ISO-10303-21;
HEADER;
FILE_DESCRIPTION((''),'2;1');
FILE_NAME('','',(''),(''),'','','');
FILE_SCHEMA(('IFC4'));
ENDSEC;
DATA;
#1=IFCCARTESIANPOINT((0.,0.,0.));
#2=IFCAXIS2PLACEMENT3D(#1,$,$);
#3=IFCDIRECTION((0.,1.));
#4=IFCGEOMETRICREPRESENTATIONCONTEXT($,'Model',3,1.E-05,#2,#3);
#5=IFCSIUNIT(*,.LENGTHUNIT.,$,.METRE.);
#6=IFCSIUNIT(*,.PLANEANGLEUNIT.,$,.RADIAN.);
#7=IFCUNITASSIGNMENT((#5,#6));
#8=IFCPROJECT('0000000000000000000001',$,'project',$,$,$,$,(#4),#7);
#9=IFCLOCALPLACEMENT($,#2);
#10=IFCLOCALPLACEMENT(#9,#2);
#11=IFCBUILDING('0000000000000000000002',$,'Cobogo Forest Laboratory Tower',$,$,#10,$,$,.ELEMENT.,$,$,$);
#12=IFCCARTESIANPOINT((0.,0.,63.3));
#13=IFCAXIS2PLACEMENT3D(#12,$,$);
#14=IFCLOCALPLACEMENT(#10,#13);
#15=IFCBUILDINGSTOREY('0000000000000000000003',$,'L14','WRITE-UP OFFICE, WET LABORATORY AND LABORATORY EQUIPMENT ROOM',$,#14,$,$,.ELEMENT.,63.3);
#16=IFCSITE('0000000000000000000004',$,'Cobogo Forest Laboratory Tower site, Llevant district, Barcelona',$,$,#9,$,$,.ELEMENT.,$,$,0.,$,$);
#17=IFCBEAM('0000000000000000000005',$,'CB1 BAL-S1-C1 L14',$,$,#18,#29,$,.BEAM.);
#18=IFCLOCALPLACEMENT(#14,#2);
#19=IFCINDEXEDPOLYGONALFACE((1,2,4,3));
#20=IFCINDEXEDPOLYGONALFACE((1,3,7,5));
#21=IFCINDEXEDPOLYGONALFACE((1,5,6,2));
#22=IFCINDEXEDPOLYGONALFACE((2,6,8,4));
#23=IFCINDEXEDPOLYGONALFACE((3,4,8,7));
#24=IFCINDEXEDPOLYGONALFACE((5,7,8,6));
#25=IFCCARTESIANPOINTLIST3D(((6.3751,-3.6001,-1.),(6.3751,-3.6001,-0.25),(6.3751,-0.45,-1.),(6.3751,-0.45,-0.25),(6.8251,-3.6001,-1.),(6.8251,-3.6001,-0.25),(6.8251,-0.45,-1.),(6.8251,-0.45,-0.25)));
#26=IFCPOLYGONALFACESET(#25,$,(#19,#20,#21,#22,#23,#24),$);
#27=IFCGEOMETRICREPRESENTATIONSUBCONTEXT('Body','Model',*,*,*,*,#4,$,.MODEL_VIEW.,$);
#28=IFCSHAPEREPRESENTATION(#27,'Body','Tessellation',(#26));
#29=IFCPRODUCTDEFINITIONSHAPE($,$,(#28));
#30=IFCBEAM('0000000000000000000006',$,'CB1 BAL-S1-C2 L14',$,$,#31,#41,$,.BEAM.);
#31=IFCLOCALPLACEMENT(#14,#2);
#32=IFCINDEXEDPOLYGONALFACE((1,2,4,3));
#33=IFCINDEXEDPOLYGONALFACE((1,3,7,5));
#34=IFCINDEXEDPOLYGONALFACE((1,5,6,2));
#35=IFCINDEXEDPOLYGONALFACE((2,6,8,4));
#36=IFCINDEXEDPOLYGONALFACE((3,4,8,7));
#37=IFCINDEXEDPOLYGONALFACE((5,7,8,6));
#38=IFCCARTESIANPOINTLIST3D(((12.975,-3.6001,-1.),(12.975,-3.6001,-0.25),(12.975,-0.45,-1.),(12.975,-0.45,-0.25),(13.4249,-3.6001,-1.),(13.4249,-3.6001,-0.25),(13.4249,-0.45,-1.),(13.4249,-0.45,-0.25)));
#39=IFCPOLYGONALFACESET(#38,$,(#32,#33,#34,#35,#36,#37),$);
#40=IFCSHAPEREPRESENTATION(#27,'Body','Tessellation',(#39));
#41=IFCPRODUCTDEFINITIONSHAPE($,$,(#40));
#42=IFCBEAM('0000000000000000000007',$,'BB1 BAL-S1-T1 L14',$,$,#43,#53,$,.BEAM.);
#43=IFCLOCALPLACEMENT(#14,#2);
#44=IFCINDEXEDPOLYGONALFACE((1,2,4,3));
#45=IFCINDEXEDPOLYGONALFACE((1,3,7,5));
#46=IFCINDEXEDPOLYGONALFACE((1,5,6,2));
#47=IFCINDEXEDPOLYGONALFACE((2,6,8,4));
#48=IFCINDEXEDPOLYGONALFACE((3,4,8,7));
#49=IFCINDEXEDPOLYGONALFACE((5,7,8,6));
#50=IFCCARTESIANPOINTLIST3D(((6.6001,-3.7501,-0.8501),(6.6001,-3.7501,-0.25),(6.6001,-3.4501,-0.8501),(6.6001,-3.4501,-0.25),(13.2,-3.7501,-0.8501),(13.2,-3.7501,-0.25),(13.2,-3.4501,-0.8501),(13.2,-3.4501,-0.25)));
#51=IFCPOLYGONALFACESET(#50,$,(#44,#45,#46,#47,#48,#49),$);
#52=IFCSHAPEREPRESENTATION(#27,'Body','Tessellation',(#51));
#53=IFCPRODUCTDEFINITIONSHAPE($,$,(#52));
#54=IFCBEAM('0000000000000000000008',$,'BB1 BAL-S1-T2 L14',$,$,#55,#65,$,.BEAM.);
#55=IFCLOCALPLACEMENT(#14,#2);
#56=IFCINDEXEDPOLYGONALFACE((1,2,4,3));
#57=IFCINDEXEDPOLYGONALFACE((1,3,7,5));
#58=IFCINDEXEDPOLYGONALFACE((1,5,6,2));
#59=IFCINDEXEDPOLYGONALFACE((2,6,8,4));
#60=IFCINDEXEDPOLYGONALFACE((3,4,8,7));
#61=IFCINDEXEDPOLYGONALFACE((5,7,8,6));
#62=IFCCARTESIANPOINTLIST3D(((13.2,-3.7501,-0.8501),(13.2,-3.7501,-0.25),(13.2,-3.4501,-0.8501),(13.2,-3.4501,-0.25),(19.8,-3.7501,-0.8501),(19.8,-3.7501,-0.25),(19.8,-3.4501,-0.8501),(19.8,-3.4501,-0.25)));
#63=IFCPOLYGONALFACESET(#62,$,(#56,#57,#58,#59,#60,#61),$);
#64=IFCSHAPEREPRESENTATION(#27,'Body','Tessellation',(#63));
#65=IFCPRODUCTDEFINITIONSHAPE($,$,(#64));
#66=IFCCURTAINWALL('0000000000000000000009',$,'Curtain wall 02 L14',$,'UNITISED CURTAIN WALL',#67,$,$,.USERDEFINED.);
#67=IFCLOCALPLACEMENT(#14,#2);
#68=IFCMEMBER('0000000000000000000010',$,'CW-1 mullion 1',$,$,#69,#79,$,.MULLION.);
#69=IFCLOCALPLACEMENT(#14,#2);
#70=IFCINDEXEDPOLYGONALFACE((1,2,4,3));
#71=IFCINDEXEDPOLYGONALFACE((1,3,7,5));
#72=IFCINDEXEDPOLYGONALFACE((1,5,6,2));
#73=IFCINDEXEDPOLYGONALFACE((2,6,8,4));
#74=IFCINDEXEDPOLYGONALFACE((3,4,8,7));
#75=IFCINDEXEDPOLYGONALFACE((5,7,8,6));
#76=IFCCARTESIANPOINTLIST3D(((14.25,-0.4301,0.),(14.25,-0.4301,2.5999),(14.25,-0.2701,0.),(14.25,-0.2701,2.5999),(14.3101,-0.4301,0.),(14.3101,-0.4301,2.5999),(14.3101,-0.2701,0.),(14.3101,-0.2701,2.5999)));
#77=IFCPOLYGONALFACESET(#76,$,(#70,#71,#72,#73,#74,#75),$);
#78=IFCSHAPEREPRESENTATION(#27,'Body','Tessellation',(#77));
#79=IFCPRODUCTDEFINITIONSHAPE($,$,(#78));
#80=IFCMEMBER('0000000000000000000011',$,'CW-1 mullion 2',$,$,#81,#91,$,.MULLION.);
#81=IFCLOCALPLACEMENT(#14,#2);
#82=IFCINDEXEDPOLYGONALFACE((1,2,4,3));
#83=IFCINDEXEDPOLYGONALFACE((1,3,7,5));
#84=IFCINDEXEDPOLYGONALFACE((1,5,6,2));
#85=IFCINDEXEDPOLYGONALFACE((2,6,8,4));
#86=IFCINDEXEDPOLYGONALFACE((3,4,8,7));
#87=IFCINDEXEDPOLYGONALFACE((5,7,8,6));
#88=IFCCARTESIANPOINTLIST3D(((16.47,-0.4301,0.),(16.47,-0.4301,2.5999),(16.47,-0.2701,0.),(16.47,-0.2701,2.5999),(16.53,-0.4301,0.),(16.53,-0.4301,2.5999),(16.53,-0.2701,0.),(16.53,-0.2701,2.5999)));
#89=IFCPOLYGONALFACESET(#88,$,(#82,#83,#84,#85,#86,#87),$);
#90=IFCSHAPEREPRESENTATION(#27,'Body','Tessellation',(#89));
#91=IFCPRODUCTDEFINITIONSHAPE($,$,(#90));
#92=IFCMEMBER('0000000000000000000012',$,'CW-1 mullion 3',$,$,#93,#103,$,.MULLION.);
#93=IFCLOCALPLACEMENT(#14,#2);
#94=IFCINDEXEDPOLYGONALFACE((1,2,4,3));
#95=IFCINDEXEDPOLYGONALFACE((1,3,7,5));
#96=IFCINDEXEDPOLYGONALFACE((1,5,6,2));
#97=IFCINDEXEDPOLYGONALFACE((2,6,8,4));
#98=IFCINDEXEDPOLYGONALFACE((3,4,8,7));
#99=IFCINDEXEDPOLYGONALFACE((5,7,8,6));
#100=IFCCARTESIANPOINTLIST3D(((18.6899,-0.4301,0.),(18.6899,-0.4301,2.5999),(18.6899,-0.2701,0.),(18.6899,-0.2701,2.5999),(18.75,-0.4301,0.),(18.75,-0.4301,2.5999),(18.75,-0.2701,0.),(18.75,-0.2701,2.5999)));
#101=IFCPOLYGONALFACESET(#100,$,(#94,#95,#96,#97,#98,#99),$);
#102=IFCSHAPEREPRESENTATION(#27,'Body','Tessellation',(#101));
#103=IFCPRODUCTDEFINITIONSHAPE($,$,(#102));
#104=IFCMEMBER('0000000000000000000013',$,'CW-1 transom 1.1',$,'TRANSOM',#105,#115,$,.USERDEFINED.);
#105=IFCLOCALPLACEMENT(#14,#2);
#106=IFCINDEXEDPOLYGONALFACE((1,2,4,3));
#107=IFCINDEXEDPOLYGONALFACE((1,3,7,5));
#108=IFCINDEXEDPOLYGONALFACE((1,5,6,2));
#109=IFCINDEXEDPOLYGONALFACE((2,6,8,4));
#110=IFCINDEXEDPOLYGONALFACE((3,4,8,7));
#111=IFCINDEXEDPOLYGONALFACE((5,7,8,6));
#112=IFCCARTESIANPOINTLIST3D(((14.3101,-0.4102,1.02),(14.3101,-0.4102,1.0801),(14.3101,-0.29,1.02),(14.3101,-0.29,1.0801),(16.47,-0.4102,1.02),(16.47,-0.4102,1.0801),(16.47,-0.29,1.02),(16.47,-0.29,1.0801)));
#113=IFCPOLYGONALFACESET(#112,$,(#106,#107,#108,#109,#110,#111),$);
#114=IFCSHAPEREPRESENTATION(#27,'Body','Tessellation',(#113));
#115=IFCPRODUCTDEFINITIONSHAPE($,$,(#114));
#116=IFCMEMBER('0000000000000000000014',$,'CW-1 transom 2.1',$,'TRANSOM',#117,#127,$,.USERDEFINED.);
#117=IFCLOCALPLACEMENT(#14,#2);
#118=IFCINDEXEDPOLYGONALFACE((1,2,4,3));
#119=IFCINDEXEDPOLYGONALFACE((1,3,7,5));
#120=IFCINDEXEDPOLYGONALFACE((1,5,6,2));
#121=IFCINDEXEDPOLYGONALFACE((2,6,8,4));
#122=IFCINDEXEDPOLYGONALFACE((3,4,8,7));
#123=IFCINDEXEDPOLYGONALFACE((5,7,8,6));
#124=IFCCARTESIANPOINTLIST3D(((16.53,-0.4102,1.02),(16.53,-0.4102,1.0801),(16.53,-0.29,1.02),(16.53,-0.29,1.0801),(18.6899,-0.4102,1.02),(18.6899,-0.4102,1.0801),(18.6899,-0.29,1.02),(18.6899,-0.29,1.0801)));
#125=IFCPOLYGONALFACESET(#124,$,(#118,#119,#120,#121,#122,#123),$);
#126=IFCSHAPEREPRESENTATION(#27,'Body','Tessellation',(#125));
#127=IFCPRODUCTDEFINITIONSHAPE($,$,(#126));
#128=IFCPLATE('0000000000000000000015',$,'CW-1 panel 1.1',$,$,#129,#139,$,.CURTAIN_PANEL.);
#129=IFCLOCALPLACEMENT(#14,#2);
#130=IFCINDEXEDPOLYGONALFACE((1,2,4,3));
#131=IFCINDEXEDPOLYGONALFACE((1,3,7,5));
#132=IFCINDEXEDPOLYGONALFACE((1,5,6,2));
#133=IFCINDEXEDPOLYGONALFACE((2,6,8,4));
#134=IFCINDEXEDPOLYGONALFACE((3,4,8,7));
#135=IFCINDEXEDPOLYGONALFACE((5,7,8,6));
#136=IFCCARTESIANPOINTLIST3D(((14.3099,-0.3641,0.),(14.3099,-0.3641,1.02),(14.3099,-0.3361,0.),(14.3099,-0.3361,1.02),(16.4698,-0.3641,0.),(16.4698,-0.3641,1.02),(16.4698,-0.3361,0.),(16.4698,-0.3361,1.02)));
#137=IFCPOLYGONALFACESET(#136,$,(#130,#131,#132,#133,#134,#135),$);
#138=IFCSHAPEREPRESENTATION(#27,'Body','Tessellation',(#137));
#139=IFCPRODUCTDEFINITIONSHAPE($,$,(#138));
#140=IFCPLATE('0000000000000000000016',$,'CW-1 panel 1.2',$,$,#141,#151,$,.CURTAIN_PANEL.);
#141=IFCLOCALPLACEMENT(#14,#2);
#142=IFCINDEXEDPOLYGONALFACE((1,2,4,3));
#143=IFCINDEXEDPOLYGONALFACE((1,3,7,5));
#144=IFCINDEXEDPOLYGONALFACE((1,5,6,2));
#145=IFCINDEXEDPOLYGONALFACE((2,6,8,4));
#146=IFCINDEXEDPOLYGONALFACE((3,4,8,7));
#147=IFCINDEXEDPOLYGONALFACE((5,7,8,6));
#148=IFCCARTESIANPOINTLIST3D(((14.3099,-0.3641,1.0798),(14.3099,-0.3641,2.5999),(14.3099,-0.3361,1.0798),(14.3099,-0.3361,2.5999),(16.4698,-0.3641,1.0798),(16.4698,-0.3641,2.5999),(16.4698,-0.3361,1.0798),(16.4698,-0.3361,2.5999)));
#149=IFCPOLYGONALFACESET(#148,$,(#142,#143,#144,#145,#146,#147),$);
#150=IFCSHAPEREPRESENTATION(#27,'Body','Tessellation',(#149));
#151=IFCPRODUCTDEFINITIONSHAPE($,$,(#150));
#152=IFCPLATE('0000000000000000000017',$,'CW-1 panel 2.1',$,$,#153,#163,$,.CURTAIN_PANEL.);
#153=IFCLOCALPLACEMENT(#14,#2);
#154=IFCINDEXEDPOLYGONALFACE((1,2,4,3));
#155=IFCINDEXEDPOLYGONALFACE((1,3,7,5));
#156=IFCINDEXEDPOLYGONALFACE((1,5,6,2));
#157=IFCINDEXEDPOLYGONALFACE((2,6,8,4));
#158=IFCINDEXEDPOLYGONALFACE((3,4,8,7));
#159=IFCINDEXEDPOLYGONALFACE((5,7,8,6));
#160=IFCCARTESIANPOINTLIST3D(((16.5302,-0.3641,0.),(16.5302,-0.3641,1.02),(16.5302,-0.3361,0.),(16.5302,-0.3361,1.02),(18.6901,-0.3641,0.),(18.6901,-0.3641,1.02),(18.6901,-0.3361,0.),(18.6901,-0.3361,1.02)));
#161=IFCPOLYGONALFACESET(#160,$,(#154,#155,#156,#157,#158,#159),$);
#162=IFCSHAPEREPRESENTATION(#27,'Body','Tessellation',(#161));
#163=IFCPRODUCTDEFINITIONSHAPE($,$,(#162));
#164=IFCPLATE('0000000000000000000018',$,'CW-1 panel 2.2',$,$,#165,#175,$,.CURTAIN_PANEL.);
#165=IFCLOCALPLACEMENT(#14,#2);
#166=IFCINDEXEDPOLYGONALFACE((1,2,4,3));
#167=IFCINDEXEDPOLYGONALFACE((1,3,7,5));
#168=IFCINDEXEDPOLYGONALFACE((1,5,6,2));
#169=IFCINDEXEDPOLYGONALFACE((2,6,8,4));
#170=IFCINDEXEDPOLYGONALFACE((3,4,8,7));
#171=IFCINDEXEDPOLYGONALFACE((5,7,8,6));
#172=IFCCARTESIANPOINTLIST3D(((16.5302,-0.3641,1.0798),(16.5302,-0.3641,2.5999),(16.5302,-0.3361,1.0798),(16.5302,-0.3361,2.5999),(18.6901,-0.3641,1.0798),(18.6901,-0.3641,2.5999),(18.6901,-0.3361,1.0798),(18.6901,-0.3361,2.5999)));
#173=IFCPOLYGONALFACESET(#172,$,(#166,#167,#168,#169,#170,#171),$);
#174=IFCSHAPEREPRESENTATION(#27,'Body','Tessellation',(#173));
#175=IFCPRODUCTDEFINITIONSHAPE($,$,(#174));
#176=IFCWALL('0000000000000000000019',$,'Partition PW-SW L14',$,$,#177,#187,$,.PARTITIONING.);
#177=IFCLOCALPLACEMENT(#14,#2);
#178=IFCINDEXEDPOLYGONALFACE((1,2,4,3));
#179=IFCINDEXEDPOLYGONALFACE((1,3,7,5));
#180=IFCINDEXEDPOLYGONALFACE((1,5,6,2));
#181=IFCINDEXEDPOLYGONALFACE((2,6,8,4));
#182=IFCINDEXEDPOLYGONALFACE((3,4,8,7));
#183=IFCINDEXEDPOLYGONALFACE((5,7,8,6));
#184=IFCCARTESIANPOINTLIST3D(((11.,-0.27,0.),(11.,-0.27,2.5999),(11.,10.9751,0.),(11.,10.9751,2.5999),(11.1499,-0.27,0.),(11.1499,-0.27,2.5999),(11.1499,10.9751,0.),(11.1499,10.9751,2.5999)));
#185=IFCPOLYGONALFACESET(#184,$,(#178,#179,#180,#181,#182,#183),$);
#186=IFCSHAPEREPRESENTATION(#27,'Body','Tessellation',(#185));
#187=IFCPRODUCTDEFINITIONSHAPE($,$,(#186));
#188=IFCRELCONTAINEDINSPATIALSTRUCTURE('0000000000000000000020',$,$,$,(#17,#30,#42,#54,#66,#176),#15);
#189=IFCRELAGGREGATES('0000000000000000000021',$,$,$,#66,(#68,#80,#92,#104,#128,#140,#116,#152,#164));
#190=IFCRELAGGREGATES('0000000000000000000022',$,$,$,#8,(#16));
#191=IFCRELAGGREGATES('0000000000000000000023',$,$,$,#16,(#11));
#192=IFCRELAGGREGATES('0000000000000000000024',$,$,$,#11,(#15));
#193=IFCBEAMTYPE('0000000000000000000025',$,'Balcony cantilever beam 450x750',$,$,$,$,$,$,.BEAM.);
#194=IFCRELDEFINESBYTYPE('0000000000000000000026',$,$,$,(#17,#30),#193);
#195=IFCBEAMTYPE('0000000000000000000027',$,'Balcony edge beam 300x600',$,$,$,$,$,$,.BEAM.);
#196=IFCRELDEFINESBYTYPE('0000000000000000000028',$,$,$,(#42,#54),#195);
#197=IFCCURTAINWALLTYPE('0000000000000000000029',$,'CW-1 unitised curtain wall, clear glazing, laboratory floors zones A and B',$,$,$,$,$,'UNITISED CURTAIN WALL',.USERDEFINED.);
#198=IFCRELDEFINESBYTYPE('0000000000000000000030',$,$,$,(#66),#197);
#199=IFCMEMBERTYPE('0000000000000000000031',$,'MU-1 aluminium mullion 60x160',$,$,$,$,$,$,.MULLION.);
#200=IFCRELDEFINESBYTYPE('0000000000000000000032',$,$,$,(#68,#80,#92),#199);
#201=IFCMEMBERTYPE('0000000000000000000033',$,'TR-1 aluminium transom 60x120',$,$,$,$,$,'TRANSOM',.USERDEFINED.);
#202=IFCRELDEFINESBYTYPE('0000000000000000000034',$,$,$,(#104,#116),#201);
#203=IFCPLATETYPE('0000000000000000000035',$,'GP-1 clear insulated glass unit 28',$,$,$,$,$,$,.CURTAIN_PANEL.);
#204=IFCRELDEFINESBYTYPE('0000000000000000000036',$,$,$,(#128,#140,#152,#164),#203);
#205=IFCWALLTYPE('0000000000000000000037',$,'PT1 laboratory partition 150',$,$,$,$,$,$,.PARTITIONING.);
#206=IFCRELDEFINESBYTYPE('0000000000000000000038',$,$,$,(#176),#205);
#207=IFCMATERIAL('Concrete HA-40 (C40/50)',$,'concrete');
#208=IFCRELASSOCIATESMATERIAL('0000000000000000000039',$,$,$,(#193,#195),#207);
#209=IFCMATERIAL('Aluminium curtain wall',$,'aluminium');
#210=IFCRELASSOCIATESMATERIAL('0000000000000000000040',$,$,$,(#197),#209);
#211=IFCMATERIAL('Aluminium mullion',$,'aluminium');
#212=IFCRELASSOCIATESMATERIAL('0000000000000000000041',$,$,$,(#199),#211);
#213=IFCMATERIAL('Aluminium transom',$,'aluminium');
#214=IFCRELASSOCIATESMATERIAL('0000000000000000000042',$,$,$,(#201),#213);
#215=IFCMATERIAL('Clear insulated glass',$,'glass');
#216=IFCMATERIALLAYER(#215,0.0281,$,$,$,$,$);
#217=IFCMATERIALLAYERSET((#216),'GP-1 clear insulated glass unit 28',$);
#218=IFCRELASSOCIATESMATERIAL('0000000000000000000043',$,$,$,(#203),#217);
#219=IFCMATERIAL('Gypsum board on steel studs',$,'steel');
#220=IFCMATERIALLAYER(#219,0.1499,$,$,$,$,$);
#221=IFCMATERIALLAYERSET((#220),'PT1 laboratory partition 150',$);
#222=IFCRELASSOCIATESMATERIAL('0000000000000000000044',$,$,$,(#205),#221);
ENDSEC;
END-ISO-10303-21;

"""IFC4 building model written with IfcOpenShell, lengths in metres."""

from ifc_helpers import new_model, si_unit, direction, frame, frame_2d, origin, origin_2d, place, context, subcontext, project, spatial, rectangle, extrude, material, layer, layer_set, material_profile, profile_set, type_object, element, aggregate, save


model = new_model("IFC4")

# Units and contexts
model_context = context("Model", 3, precision=1e-05, world=origin(), true_north=direction((0.0, 1.0)))
body_context = subcontext(model_context, "Body", "Model", "MODEL_VIEW")
ifc_project = project(units=[si_unit("LENGTHUNIT", "METRE"), si_unit("PLANEANGLEUNIT", "RADIAN")], contexts=[model_context])

# Site, building, storey
site_placement = place(None, origin())
site = spatial("IfcSite", under=ifc_project, at=site_placement, Name="Cobogo Forest Laboratory Tower site, Llevant district, Barcelona", CompositionType="ELEMENT", RefElevation=0.0)
building_placement = place(site_placement, origin())
building = spatial("IfcBuilding", under=site, at=building_placement, Name="Cobogo Forest Laboratory Tower", CompositionType="ELEMENT")
storey_placement = place(building_placement, frame((0.0, 0.0, 63.3)))
storey = spatial("IfcBuildingStorey", under=building, at=storey_placement, Name="L14", Description="WRITE-UP OFFICE, WET LABORATORY AND LABORATORY EQUIPMENT ROOM", CompositionType="ELEMENT", Elevation=63.3)

# Beams
ifc_material_1 = material(Name="Concrete HA-40 (C40/50)", Category="concrete")
ifc_material_profile_1 = material_profile(ifc_material_1, rectangle(XDim=0.45, YDim=0.75, at=origin_2d()), Name="RC 450x750")
ifc_profile_set_1 = profile_set([ifc_material_profile_1], Name="Concrete HA-40 (C40/50)")
beam_type_1 = type_object("IfcBeamType", Name="Balcony cantilever beam 450x750", PredefinedType="BEAM", material=ifc_profile_set_1)
for number, where, z_axis, x_axis, name in (
    (1, (6.6001, -0.45, -0.625), (0.0, -1.0, 0.0), (1.0, 0.0, 0.0), "CB1 BAL-S1-C1 L14"),
    (2, (13.2, -0.45, -0.625), (0.0, -1.0, 0.0), (1.0, 0.0, 0.0), "CB1 BAL-S1-C2 L14"),
):
    element("IfcBeam", number, at=place(storey_placement, frame(where, z_axis=z_axis, x_axis=x_axis)), inside=storey, type_object=beam_type_1, Name=name, PredefinedType="BEAM", context=body_context, shape_type="SweptSolid", body=[
        extrude(rectangle(XDim=0.45, YDim=0.75, at=origin_2d()), origin(), (0.0, 0.0, 1.0), 3.1501),
    ])
ifc_material_profile_2 = material_profile(ifc_material_1, rectangle(XDim=0.3, YDim=0.6001, at=origin_2d()), Name="RC 300x600")
ifc_profile_set_2 = profile_set([ifc_material_profile_2], Name="Concrete HA-40 (C40/50)")
beam_type_2 = type_object("IfcBeamType", Name="Balcony edge beam 300x600", PredefinedType="BEAM", material=ifc_profile_set_2)
beam_1_placement = place(storey_placement, frame((6.6001, -3.6001, -0.55), z_axis=(1.0, 0.0, 0.0), x_axis=(0.0, 1.0, 0.0)))
element("IfcBeam", 3, at=beam_1_placement, inside=storey, type_object=beam_type_2, Name="BB1 BAL-S1-T1 L14", PredefinedType="BEAM", context=body_context, shape_type="SweptSolid", body=[
    extrude(rectangle(XDim=0.3, YDim=0.6001, at=origin_2d()), origin(), (0.0, 0.0, 1.0), 6.5999),
])
beam_2_placement = place(storey_placement, frame((13.2, -3.6001, -0.55), z_axis=(1.0, 0.0, 0.0), x_axis=(0.0, 1.0, 0.0)))
element("IfcBeam", 4, at=beam_2_placement, inside=storey, type_object=beam_type_2, Name="BB1 BAL-S1-T2 L14", PredefinedType="BEAM", context=body_context, shape_type="SweptSolid", body=[
    extrude(rectangle(XDim=0.3, YDim=0.6001, at=origin_2d()), origin(), (0.0, 0.0, 1.0), 6.6001),
])

# Curtain wall, members, plates
ifc_material_2 = material(Name="Aluminium curtain wall", Category="aluminium")
curtain_wall_type = type_object("IfcCurtainWallType", Name="CW-1 unitised curtain wall, clear glazing, laboratory floors zones A and B", ElementType="UNITISED CURTAIN WALL", PredefinedType="USERDEFINED", material=ifc_material_2)
curtain_wall_placement = place(storey_placement, origin())
curtain_wall = element("IfcCurtainWall", 5, at=curtain_wall_placement, inside=storey, type_object=curtain_wall_type, Name="Curtain wall 02 L14", ObjectType="UNITISED CURTAIN WALL", PredefinedType="USERDEFINED")
ifc_material_3 = material(Name="Aluminium mullion", Category="aluminium")
ifc_material_profile_3 = material_profile(ifc_material_3, rectangle(XDim=0.0601, YDim=0.1599, at=origin_2d()), Name="AL 60x160")
ifc_profile_set_3 = profile_set([ifc_material_profile_3], Name="Aluminium mullion")
member_type_1 = type_object("IfcMemberType", Name="MU-1 aluminium mullion 60x160", PredefinedType="MULLION", material=ifc_profile_set_3)
member_1_placement = place(storey_placement, frame((14.28, -0.3501, 0.0), z_axis=(0.0, 0.0, 1.0), x_axis=(1.0, 0.0, 0.0)))
member_1 = element("IfcMember", 6, at=member_1_placement, type_object=member_type_1, Name="CW-1 mullion 1", PredefinedType="MULLION", context=body_context, shape_type="SweptSolid", body=[
    extrude(rectangle(XDim=0.0601, YDim=0.1599, at=origin_2d()), origin(), (0.0, 0.0, 1.0), 2.5999),
])
member_2_placement = place(storey_placement, frame((16.5, -0.3501, 0.0), z_axis=(0.0, 0.0, 1.0), x_axis=(1.0, 0.0, 0.0)))
member_2 = element("IfcMember", 7, at=member_2_placement, type_object=member_type_1, Name="CW-1 mullion 2", PredefinedType="MULLION", context=body_context, shape_type="SweptSolid", body=[
    extrude(rectangle(XDim=0.0601, YDim=0.1599, at=origin_2d()), origin(), (0.0, 0.0, 1.0), 2.5999),
])
member_3_placement = place(storey_placement, frame((18.72, -0.3501, 0.0), z_axis=(0.0, 0.0, 1.0), x_axis=(1.0, 0.0, 0.0)))
member_3 = element("IfcMember", 8, at=member_3_placement, type_object=member_type_1, Name="CW-1 mullion 3", PredefinedType="MULLION", context=body_context, shape_type="SweptSolid", body=[
    extrude(rectangle(XDim=0.0601, YDim=0.1599, at=origin_2d()), origin(), (0.0, 0.0, 1.0), 2.5999),
])
ifc_material_4 = material(Name="Aluminium transom", Category="aluminium")
ifc_material_profile_4 = material_profile(ifc_material_4, rectangle(XDim=0.1201, YDim=0.0601, at=origin_2d()), Name="AL 60x120")
ifc_profile_set_4 = profile_set([ifc_material_profile_4], Name="Aluminium transom")
member_type_2 = type_object("IfcMemberType", Name="TR-1 aluminium transom 60x120", ElementType="TRANSOM", PredefinedType="USERDEFINED", material=ifc_profile_set_4)
member_4_placement = place(storey_placement, frame((14.3101, -0.3501, 1.05), z_axis=(1.0, 0.0, 0.0), x_axis=(0.0, 1.0, 0.0)))
member_4 = element("IfcMember", 9, at=member_4_placement, type_object=member_type_2, Name="CW-1 transom 1.1", ObjectType="TRANSOM", PredefinedType="USERDEFINED", context=body_context, shape_type="SweptSolid", body=[
    extrude(rectangle(XDim=0.1201, YDim=0.0601, at=origin_2d()), origin(), (0.0, 0.0, 1.0), 2.1599),
])
member_5_placement = place(storey_placement, frame((16.53, -0.3501, 1.05), z_axis=(1.0, 0.0, 0.0), x_axis=(0.0, 1.0, 0.0)))
member_5 = element("IfcMember", 10, at=member_5_placement, type_object=member_type_2, Name="CW-1 transom 2.1", ObjectType="TRANSOM", PredefinedType="USERDEFINED", context=body_context, shape_type="SweptSolid", body=[
    extrude(rectangle(XDim=0.1201, YDim=0.0601, at=origin_2d()), origin(), (0.0, 0.0, 1.0), 2.1599),
])
ifc_material_5 = material(Name="Clear insulated glass", Category="glass")
ifc_layer_1 = layer(ifc_material_5, 0.0281)
ifc_layer_set_1 = layer_set([ifc_layer_1], Name="GP-1 clear insulated glass unit 28")
plate_type = type_object("IfcPlateType", Name="GP-1 clear insulated glass unit 28", PredefinedType="CURTAIN_PANEL", material=ifc_layer_set_1)
plate_1_placement = place(storey_placement, frame((15.3899, -0.3501, 0.0), z_axis=(0.0, 0.0, 1.0), x_axis=(1.0, 0.0, 0.0)))
plate_1 = element("IfcPlate", 11, at=plate_1_placement, type_object=plate_type, Name="CW-1 panel 1.1", PredefinedType="CURTAIN_PANEL", context=body_context, shape_type="SweptSolid", body=[
    extrude(rectangle(XDim=2.1599, YDim=0.0281, at=origin_2d()), origin(), (0.0, 0.0, 1.0), 1.02),
])
plate_2_placement = place(storey_placement, frame((15.3899, -0.3501, 1.0798), z_axis=(0.0, 0.0, 1.0), x_axis=(1.0, 0.0, 0.0)))
plate_2 = element("IfcPlate", 12, at=plate_2_placement, type_object=plate_type, Name="CW-1 panel 1.2", PredefinedType="CURTAIN_PANEL", context=body_context, shape_type="SweptSolid", body=[
    extrude(rectangle(XDim=2.1599, YDim=0.0281, at=origin_2d()), origin(), (0.0, 0.0, 1.0), 1.52),
])
plate_3_placement = place(storey_placement, frame((17.6101, -0.3501, 0.0), z_axis=(0.0, 0.0, 1.0), x_axis=(1.0, 0.0, 0.0)))
plate_3 = element("IfcPlate", 13, at=plate_3_placement, type_object=plate_type, Name="CW-1 panel 2.1", PredefinedType="CURTAIN_PANEL", context=body_context, shape_type="SweptSolid", body=[
    extrude(rectangle(XDim=2.1599, YDim=0.0281, at=origin_2d()), origin(), (0.0, 0.0, 1.0), 1.02),
])
plate_4_placement = place(storey_placement, frame((17.6101, -0.3501, 1.0798), z_axis=(0.0, 0.0, 1.0), x_axis=(1.0, 0.0, 0.0)))
plate_4 = element("IfcPlate", 14, at=plate_4_placement, type_object=plate_type, Name="CW-1 panel 2.2", PredefinedType="CURTAIN_PANEL", context=body_context, shape_type="SweptSolid", body=[
    extrude(rectangle(XDim=2.1599, YDim=0.0281, at=origin_2d()), origin(), (0.0, 0.0, 1.0), 1.52),
])
aggregate(curtain_wall, [member_1, member_2, member_3, member_4, plate_1, plate_2, member_5, plate_3, plate_4])

# Wall
ifc_material_6 = material(Name="Gypsum board on steel studs", Category="steel")
ifc_layer_2 = layer(ifc_material_6, 0.1499)
ifc_layer_set_2 = layer_set([ifc_layer_2], Name="PT1 laboratory partition 150")
wall_type_1 = type_object("IfcWallType", Name="PT1 laboratory partition 150", PredefinedType="PARTITIONING", material=ifc_layer_set_2)
for number, where, z_axis, x_axis, name in (
    (15, (11.075, -0.27, 0.0), (0.0, 0.0, 1.0), (0.0, 1.0, 0.0), "Partition PW-SW L14"),
):
    element("IfcWall", number, at=place(storey_placement, frame(where, z_axis=z_axis, x_axis=x_axis)), inside=storey, type_object=wall_type_1, Name=name, PredefinedType="PARTITIONING", context=body_context, shape_type="SweptSolid", body=[
        extrude(rectangle(XDim=11.2451, YDim=0.1499, at=frame_2d((5.6226, 0.0))), origin(), (0.0, 0.0, 1.0), 2.5999),
    ])

save(model, "model.ifc")
